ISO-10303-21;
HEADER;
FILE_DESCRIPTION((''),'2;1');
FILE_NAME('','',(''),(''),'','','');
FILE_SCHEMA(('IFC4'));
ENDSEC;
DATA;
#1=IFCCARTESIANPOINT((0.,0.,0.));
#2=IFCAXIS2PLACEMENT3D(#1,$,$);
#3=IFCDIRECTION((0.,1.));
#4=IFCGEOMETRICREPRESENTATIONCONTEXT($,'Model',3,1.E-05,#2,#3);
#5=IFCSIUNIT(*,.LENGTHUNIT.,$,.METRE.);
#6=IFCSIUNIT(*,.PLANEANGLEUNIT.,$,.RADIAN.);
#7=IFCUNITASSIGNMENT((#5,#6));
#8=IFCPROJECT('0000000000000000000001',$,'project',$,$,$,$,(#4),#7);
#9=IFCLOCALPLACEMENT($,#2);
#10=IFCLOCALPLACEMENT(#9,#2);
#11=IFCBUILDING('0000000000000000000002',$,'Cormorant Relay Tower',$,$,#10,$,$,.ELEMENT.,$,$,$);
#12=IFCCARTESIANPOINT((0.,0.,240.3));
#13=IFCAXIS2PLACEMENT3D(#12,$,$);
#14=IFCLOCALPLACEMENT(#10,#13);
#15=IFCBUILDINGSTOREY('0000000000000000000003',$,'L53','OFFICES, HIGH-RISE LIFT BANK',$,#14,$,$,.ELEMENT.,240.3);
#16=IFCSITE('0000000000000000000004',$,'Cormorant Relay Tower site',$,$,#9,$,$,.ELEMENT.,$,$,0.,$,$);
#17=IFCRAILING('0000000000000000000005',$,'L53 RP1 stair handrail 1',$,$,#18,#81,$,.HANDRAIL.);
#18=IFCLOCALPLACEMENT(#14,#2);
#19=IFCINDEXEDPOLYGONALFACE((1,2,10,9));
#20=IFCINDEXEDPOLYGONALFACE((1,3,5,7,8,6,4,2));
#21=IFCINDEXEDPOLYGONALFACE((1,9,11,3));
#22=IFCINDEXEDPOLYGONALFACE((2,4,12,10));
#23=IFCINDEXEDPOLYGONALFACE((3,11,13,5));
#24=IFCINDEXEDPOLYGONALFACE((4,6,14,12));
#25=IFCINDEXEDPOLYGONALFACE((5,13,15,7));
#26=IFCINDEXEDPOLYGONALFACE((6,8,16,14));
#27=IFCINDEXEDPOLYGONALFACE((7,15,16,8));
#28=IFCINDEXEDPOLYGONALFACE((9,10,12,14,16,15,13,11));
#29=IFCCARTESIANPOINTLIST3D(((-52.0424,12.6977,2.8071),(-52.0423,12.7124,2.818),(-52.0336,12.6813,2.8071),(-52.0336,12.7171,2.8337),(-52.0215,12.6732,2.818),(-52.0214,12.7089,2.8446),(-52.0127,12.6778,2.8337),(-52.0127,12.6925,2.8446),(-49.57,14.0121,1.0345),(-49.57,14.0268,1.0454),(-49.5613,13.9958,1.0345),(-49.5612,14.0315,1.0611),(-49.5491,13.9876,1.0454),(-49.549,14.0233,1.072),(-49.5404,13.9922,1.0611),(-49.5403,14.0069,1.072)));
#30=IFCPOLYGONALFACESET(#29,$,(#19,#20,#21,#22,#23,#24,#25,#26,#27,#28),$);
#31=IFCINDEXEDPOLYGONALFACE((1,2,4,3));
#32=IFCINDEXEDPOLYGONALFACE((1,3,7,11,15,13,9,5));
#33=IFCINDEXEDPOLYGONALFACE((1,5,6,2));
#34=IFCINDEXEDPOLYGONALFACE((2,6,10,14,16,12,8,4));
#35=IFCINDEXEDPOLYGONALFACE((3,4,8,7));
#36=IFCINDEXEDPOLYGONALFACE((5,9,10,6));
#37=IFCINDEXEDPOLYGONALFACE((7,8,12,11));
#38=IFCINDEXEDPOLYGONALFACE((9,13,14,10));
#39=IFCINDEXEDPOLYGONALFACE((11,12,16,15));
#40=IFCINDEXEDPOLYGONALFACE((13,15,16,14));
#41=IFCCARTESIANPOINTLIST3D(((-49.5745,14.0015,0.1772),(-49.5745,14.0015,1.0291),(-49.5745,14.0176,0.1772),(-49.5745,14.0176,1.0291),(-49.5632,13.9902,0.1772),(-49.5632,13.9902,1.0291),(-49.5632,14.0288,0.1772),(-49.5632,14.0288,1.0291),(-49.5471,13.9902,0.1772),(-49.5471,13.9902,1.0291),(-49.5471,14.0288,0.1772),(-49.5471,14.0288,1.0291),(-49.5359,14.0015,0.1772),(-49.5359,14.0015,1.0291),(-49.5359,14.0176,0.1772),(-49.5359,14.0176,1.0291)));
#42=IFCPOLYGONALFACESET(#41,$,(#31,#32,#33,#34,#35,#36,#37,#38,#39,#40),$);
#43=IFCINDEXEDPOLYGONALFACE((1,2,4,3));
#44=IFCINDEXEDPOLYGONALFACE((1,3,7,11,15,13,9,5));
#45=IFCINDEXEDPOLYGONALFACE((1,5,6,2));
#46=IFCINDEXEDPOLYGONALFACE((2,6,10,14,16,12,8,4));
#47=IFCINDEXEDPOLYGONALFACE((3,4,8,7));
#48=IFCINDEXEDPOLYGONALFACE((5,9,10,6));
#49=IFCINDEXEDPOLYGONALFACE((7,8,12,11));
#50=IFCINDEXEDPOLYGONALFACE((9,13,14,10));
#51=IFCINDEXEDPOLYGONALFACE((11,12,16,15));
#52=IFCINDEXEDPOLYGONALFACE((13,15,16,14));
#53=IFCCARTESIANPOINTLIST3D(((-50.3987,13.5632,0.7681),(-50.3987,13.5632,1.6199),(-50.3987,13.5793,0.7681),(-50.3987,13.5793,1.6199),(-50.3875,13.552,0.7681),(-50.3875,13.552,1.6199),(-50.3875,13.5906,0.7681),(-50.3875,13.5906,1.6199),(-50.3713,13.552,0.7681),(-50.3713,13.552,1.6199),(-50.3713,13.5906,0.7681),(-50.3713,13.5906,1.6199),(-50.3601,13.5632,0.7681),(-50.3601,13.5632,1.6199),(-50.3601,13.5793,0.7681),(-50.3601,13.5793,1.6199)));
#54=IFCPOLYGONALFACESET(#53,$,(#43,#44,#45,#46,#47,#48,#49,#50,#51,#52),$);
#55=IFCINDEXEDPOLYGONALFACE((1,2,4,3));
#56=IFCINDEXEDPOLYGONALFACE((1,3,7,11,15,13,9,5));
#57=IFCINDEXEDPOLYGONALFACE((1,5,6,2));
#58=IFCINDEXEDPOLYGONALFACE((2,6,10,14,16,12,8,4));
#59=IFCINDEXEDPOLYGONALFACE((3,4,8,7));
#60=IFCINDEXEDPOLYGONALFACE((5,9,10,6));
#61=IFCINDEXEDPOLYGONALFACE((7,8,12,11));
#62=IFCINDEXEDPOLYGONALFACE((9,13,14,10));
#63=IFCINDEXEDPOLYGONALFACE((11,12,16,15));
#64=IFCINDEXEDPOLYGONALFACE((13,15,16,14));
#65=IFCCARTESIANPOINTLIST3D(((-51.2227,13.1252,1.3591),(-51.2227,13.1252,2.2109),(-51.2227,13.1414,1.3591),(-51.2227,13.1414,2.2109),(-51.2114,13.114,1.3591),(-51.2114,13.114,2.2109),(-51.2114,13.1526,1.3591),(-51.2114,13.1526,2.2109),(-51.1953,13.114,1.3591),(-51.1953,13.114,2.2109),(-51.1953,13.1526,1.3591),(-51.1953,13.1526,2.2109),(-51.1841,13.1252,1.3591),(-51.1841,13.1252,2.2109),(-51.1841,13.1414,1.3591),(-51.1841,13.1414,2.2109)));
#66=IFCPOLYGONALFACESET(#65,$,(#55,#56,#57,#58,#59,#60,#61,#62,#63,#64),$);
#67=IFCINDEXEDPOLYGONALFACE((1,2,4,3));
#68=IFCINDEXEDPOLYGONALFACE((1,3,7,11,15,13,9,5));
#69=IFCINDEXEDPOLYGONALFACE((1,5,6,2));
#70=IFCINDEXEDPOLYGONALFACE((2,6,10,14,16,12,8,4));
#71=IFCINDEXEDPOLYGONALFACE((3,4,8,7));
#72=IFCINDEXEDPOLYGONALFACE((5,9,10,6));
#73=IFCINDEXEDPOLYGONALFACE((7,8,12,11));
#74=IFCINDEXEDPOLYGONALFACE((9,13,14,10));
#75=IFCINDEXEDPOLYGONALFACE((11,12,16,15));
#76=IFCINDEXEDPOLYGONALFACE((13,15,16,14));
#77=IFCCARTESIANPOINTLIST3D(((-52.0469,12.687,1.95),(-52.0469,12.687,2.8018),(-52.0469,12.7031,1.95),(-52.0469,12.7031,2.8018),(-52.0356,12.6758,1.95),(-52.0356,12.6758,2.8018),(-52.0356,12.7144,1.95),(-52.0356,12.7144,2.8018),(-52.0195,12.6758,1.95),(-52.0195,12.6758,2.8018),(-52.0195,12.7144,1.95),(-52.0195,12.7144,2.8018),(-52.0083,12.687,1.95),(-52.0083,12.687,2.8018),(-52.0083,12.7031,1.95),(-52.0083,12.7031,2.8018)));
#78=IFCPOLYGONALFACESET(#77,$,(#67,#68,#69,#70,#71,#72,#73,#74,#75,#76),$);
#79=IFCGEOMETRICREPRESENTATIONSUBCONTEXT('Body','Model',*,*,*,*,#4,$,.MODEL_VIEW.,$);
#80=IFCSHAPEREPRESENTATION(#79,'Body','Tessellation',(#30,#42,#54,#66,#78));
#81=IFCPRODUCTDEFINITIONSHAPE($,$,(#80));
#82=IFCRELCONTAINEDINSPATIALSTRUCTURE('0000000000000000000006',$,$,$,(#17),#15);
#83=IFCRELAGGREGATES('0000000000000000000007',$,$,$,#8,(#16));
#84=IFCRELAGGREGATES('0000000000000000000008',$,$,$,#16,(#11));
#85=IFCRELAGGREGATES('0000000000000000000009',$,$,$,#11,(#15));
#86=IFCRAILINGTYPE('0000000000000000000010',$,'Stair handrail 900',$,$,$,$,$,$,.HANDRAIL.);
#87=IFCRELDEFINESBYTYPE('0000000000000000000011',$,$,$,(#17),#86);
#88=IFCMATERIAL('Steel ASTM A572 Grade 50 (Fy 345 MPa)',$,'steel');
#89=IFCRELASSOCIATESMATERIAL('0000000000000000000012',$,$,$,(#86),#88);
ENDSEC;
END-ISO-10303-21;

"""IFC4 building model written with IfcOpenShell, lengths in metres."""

from ifc_helpers import new_model, si_unit, direction, frame, origin, place, context, subcontext, project, spatial, polyline, outline, extrude, material, type_object, element, save


model = new_model("IFC4")

# Units and contexts
model_context = context("Model", 3, precision=1e-05, world=origin(), true_north=direction((0.0, 1.0)))
body_context = subcontext(model_context, "Body", "Model", "MODEL_VIEW")
ifc_project = project(units=[si_unit("LENGTHUNIT", "METRE"), si_unit("PLANEANGLEUNIT", "RADIAN")], contexts=[model_context])

# Site, building, storey
site_placement = place(None, origin())
site = spatial("IfcSite", under=ifc_project, at=site_placement, Name="Cormorant Relay Tower site", CompositionType="ELEMENT", RefElevation=0.0)
building_placement = place(site_placement, origin())
building = spatial("IfcBuilding", under=site, at=building_placement, Name="Cormorant Relay Tower", CompositionType="ELEMENT")
storey_placement = place(building_placement, frame((0.0, 0.0, 240.3)))
storey = spatial("IfcBuildingStorey", under=building, at=storey_placement, Name="L53", Description="OFFICES, HIGH-RISE LIFT BANK", CompositionType="ELEMENT", Elevation=240.3)

# Railing
ifc_material_1 = material(Name="Steel ASTM A572 Grade 50 (Fy 345 MPa)", Category="steel")
railing_type = type_object("IfcRailingType", Name="Stair handrail 900", PredefinedType="HANDRAIL", material=ifc_material_1)
railing_placement = place(storey_placement, frame((-49.5552, 14.0095, 0.1772)))
element("IfcRailing", 1, at=railing_placement, inside=storey, type_object=railing_type, Name="L53 RP1 stair handrail 1", PredefinedType="HANDRAIL", context=body_context, shape_type="SweptSolid", body=[
    extrude(outline(polyline([(0.0222, 0.0093), (0.0093, 0.0222), (-0.0093, 0.0222), (-0.0222, 0.0093), (-0.0222, -0.0093), (-0.0093, -0.0222), (0.0093, -0.0222), (0.0222, -0.0093), (0.0222, 0.0093)])), frame((0.0, 0.0, 0.876), z_axis=(-0.746034, -0.396627, 0.534902), x_axis=(0.469429, -0.88297, 0.0)), (0.0, 0.0, 1.0), 3.314),
    extrude(outline(polyline([(0.0193, 0.0081), (0.0081, 0.0193), (-0.0081, 0.0193), (-0.0193, 0.0081), (-0.0193, -0.0081), (-0.0081, -0.0193), (0.0081, -0.0193), (0.0193, -0.0081), (0.0193, 0.0081)])), origin(), (0.0, 0.0, 1.0), 0.8518),
    extrude(outline(polyline([(0.0193, 0.0081), (0.0081, 0.0193), (-0.0081, 0.0193), (-0.0193, 0.0081), (-0.0193, -0.0081), (-0.0081, -0.0193), (0.0081, -0.0193), (0.0193, -0.0081), (0.0193, 0.0081)])), frame((-0.8242, -0.4382, 0.5908)), (0.0, 0.0, 1.0), 0.8518),
    extrude(outline(polyline([(0.0193, 0.0081), (0.0081, 0.0193), (-0.0081, 0.0193), (-0.0193, 0.0081), (-0.0193, -0.0081), (-0.0081, -0.0193), (0.0081, -0.0193), (0.0193, -0.0081), (0.0193, 0.0081)])), frame((-1.6482, -0.8762, 1.1819)), (0.0, 0.0, 1.0), 0.8518),
    extrude(outline(polyline([(0.0193, 0.0081), (0.0081, 0.0193), (-0.0081, 0.0193), (-0.0193, 0.0081), (-0.0193, -0.0081), (-0.0081, -0.0193), (0.0081, -0.0193), (0.0193, -0.0081), (0.0193, 0.0081)])), frame((-2.4724, -1.3145, 1.7727)), (0.0, 0.0, 1.0), 0.8518),
])

save(model, "model.ifc")
